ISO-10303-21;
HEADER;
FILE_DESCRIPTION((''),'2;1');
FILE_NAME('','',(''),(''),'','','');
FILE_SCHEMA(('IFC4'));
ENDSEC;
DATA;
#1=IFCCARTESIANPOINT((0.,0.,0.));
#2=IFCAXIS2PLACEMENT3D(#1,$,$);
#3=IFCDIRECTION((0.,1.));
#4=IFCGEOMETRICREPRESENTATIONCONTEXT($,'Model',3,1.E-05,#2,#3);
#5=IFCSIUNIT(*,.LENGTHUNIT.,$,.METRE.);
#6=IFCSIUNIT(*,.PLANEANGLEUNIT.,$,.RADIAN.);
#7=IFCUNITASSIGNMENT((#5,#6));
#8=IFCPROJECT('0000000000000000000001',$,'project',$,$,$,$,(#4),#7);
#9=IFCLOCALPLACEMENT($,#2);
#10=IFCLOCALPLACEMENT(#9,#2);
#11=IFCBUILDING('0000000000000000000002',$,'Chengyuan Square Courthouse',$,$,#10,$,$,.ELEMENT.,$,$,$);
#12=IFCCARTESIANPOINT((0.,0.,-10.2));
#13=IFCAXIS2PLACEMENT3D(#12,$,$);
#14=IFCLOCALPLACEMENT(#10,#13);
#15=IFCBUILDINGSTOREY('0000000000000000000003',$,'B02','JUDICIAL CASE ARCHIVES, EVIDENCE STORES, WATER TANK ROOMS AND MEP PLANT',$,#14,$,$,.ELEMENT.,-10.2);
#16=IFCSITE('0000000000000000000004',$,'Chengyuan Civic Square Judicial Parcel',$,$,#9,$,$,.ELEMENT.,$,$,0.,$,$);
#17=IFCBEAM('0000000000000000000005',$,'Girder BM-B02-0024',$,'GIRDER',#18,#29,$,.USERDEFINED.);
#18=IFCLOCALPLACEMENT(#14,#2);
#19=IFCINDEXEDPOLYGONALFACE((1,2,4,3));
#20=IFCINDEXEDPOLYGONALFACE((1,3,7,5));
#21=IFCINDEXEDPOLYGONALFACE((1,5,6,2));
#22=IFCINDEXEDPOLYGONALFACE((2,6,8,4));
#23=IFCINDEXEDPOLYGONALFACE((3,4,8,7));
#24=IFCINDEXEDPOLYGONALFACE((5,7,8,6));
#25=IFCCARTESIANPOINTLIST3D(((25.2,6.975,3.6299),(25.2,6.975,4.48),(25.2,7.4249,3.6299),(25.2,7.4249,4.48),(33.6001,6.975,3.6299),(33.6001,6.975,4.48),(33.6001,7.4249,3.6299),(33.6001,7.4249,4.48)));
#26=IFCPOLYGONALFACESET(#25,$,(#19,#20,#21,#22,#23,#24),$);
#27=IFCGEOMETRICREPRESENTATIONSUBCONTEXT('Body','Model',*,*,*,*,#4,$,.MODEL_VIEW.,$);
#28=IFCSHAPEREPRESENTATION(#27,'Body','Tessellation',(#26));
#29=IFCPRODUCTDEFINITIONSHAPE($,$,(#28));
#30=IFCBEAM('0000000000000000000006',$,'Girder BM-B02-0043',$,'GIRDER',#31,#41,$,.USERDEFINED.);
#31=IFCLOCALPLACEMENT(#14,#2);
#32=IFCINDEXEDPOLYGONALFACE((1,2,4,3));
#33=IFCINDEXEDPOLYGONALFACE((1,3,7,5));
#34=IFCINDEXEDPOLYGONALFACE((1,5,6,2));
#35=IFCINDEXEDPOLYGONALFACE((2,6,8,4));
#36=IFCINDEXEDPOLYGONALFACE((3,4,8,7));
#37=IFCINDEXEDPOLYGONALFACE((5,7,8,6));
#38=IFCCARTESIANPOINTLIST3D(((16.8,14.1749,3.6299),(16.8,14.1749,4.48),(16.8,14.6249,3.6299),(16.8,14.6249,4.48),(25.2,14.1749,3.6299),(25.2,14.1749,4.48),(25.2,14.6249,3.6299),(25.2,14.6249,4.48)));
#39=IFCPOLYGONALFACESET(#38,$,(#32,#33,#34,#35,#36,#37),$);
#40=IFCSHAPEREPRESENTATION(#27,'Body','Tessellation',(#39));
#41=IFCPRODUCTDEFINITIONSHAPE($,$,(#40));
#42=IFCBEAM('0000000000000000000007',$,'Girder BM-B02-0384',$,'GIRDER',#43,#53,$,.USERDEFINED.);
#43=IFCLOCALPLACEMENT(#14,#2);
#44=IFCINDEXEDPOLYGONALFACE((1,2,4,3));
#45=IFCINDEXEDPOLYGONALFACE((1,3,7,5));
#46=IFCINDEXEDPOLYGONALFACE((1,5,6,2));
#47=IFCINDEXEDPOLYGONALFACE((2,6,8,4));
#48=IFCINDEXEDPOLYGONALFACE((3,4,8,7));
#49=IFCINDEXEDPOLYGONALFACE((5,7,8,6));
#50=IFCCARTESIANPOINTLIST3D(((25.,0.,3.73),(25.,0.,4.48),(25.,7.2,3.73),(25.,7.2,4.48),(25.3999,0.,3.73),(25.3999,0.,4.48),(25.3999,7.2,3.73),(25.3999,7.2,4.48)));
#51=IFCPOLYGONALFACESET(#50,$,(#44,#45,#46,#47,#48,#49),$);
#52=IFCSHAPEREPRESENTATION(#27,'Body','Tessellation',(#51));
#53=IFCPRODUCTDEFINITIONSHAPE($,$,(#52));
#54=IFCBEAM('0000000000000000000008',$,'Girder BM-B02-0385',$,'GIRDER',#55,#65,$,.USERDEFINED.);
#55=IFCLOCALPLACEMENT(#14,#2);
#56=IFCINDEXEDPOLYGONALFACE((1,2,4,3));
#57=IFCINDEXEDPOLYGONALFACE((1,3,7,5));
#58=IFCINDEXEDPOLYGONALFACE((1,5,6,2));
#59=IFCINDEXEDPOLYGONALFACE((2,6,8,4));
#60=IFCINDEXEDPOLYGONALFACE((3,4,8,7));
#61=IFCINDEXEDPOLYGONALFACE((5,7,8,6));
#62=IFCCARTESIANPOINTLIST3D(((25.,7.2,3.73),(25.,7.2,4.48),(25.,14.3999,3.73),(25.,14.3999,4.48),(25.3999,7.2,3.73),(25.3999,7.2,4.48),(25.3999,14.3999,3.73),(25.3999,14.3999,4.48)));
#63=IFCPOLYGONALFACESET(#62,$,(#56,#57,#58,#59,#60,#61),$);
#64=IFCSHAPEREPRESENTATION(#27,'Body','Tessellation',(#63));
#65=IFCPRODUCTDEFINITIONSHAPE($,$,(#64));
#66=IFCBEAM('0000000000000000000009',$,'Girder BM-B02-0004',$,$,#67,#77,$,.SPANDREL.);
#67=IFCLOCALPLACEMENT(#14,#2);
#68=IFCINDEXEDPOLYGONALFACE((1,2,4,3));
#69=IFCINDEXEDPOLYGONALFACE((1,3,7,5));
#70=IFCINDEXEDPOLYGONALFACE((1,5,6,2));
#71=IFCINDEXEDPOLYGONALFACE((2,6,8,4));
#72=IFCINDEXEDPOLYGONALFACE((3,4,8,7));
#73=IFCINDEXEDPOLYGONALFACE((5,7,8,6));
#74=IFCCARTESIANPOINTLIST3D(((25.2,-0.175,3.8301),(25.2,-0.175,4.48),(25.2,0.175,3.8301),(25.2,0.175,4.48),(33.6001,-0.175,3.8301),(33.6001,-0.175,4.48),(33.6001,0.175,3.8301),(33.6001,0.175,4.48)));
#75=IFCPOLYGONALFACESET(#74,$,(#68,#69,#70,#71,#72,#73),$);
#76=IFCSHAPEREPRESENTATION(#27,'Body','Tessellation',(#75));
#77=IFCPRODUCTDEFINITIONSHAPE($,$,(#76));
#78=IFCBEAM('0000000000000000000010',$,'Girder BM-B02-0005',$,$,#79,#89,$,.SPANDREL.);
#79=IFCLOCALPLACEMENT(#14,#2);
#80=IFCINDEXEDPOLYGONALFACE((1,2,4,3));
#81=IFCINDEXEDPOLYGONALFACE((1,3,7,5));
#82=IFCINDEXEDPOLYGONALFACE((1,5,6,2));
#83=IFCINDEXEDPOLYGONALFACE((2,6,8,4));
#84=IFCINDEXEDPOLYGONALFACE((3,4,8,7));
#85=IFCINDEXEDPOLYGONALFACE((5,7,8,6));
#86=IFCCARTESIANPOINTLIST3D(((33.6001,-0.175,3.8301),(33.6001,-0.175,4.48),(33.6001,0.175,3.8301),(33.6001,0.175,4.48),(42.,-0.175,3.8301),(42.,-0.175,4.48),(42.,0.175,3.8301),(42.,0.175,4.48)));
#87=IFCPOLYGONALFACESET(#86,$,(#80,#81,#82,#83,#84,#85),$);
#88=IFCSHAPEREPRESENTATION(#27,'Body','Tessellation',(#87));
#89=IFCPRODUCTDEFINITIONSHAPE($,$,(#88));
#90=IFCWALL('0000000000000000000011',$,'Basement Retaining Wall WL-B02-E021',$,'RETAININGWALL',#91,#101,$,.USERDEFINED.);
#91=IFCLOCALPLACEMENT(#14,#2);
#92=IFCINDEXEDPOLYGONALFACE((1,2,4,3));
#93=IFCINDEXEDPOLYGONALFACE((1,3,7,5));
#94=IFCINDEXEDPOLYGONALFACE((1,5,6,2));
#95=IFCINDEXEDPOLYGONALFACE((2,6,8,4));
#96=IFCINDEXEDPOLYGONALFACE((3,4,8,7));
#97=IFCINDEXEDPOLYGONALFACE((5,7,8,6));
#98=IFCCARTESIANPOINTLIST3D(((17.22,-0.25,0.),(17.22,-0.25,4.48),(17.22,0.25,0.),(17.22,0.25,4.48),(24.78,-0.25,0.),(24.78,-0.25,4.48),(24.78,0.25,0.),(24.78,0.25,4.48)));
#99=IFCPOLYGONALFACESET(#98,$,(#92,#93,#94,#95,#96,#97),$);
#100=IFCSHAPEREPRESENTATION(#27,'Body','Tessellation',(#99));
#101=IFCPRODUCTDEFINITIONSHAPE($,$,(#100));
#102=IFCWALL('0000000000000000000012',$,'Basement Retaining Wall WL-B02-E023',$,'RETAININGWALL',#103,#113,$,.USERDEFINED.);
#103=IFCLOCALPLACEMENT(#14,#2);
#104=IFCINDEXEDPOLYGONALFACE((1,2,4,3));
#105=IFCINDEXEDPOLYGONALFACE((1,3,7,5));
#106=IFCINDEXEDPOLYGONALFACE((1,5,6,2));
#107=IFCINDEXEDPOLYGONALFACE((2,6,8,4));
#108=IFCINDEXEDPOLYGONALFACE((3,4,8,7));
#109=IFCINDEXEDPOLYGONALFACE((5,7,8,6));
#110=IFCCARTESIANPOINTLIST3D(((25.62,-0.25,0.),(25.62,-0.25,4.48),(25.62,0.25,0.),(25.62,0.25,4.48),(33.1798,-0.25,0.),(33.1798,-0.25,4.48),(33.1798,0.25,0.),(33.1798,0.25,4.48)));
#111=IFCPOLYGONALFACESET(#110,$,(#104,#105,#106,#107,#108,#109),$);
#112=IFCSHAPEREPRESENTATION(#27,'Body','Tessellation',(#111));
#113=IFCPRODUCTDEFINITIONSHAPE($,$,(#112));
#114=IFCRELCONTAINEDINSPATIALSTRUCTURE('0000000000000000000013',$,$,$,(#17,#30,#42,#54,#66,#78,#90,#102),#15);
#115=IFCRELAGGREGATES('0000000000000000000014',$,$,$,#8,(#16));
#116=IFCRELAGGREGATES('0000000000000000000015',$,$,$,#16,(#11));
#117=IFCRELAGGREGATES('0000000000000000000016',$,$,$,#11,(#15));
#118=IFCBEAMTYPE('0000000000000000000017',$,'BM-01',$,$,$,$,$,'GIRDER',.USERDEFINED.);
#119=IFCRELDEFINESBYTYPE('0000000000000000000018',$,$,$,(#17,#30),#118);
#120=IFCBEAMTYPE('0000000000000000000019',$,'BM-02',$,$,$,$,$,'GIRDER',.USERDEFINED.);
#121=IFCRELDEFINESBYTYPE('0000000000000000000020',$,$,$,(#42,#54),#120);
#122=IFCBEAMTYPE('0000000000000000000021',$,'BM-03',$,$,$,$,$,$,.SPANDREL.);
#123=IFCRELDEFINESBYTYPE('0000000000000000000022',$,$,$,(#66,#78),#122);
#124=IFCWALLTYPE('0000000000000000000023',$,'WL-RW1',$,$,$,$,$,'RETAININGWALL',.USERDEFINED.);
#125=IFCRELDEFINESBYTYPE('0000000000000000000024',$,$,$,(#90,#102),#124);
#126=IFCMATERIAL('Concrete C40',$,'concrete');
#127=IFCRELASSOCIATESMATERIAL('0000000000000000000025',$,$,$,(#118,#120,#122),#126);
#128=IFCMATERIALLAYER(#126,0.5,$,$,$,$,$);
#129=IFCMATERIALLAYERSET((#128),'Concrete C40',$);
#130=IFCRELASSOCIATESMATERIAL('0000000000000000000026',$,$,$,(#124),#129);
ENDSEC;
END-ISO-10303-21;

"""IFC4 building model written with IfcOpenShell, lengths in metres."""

from ifc_helpers import new_model, si_unit, direction, frame, frame_2d, origin, origin_2d, place, context, subcontext, project, spatial, rectangle, extrude, material, layer, layer_set, material_profile, profile_set, type_object, element, save


model = new_model("IFC4")

# Units and contexts
model_context = context("Model", 3, precision=1e-05, world=origin(), true_north=direction((0.0, 1.0)))
body_context = subcontext(model_context, "Body", "Model", "MODEL_VIEW")
ifc_project = project(units=[si_unit("LENGTHUNIT", "METRE"), si_unit("PLANEANGLEUNIT", "RADIAN")], contexts=[model_context])

# Site, building, storey
site_placement = place(None, origin())
site = spatial("IfcSite", under=ifc_project, at=site_placement, Name="Chengyuan Civic Square Judicial Parcel", CompositionType="ELEMENT", RefElevation=0.0)
building_placement = place(site_placement, origin())
building = spatial("IfcBuilding", under=site, at=building_placement, Name="Chengyuan Square Courthouse", CompositionType="ELEMENT")
storey_placement = place(building_placement, frame((0.0, 0.0, -10.2)))
storey = spatial("IfcBuildingStorey", under=building, at=storey_placement, Name="B02", Description="JUDICIAL CASE ARCHIVES, EVIDENCE STORES, WATER TANK ROOMS AND MEP PLANT", CompositionType="ELEMENT", Elevation=-10.2)

# Shared definitions
ifc_material_1 = material(Name="Concrete C40", Category="concrete")

# Beams
ifc_material_profile_1 = material_profile(ifc_material_1, rectangle(XDim=0.45, YDim=0.8501, at=origin_2d()), Name="RC-BM-450x850")
ifc_profile_set_1 = profile_set([ifc_material_profile_1], Name="Concrete C40")
beam_type_1 = type_object("IfcBeamType", Name="BM-01", ElementType="GIRDER", PredefinedType="USERDEFINED", material=ifc_profile_set_1)
beam_1_placement = place(storey_placement, frame((25.2, 7.2, 4.0549), z_axis=(1.0, 0.0, 0.0), x_axis=(0.0, 1.0, 0.0)))
element("IfcBeam", 1, at=beam_1_placement, inside=storey, type_object=beam_type_1, Name="Girder BM-B02-0024", ObjectType="GIRDER", PredefinedType="USERDEFINED", context=body_context, shape_type="SweptSolid", body=[
    extrude(rectangle(XDim=0.45, YDim=0.8501, at=origin_2d()), origin(), (0.0, 0.0, 1.0), 8.4001),
])
beam_2_placement = place(storey_placement, frame((16.8, 14.3999, 4.0549), z_axis=(1.0, 0.0, 0.0), x_axis=(0.0, 1.0, 0.0)))
element("IfcBeam", 2, at=beam_2_placement, inside=storey, type_object=beam_type_1, Name="Girder BM-B02-0043", ObjectType="GIRDER", PredefinedType="USERDEFINED", context=body_context, shape_type="SweptSolid", body=[
    extrude(rectangle(XDim=0.45, YDim=0.8501, at=origin_2d()), origin(), (0.0, 0.0, 1.0), 8.3999),
])
ifc_material_profile_2 = material_profile(ifc_material_1, rectangle(XDim=0.3999, YDim=0.75, at=origin_2d()), Name="RC-BM-400x750")
ifc_profile_set_2 = profile_set([ifc_material_profile_2], Name="Concrete C40")
beam_type_2 = type_object("IfcBeamType", Name="BM-02", ElementType="GIRDER", PredefinedType="USERDEFINED", material=ifc_profile_set_2)
for number, where, z_axis, x_axis, name in (
    (3, (25.2, 0.0, 4.105), (0.0, 1.0, 0.0), (-1.0, 0.0, 0.0), "Girder BM-B02-0384"),
    (4, (25.2, 7.2, 4.105), (0.0, 1.0, 0.0), (-1.0, 0.0, 0.0), "Girder BM-B02-0385"),
):
    element("IfcBeam", number, at=place(storey_placement, frame(where, z_axis=z_axis, x_axis=x_axis)), inside=storey, type_object=beam_type_2, Name=name, ObjectType="GIRDER", PredefinedType="USERDEFINED", context=body_context, shape_type="SweptSolid", body=[
        extrude(rectangle(XDim=0.3999, YDim=0.75, at=origin_2d()), origin(), (0.0, 0.0, 1.0), 7.2),
    ])
ifc_material_profile_3 = material_profile(ifc_material_1, rectangle(XDim=0.3501, YDim=0.6499, at=origin_2d()), Name="RC-BM-350x650")
ifc_profile_set_3 = profile_set([ifc_material_profile_3], Name="Concrete C40")
beam_type_3 = type_object("IfcBeamType", Name="BM-03", PredefinedType="SPANDREL", material=ifc_profile_set_3)
beam_3_placement = place(storey_placement, frame((25.2, 0.0, 4.155), z_axis=(1.0, 0.0, 0.0), x_axis=(0.0, 1.0, 0.0)))
element("IfcBeam", 5, at=beam_3_placement, inside=storey, type_object=beam_type_3, Name="Girder BM-B02-0004", PredefinedType="SPANDREL", context=body_context, shape_type="SweptSolid", body=[
    extrude(rectangle(XDim=0.3501, YDim=0.6499, at=origin_2d()), origin(), (0.0, 0.0, 1.0), 8.4001),
])
beam_4_placement = place(storey_placement, frame((33.6001, 0.0, 4.155), z_axis=(1.0, 0.0, 0.0), x_axis=(0.0, 1.0, 0.0)))
element("IfcBeam", 6, at=beam_4_placement, inside=storey, type_object=beam_type_3, Name="Girder BM-B02-0005", PredefinedType="SPANDREL", context=body_context, shape_type="SweptSolid", body=[
    extrude(rectangle(XDim=0.3501, YDim=0.6499, at=origin_2d()), origin(), (0.0, 0.0, 1.0), 8.3999),
])

# Walls
ifc_layer = layer(ifc_material_1, 0.5)
ifc_layer_set = layer_set([ifc_layer], Name="Concrete C40")
wall_type = type_object("IfcWallType", Name="WL-RW1", ElementType="RETAININGWALL", PredefinedType="USERDEFINED", material=ifc_layer_set)
wall_1_placement = place(storey_placement, frame((17.22, 0.0, 0.0), z_axis=(0.0, 0.0, 1.0), x_axis=(1.0, 0.0, 0.0)))
element("IfcWall", 7, at=wall_1_placement, inside=storey, type_object=wall_type, Name="Basement Retaining Wall WL-B02-E021", ObjectType="RETAININGWALL", PredefinedType="USERDEFINED", context=body_context, shape_type="SweptSolid", body=[
    extrude(rectangle(XDim=7.5601, YDim=0.5, at=frame_2d((3.78, 0.0))), origin(), (0.0, 0.0, 1.0), 4.48),
])
wall_2_placement = place(storey_placement, frame((25.6201, 0.0, 0.0), z_axis=(0.0, 0.0, 1.0), x_axis=(1.0, 0.0, 0.0)))
element("IfcWall", 8, at=wall_2_placement, inside=storey, type_object=wall_type, Name="Basement Retaining Wall WL-B02-E023", ObjectType="RETAININGWALL", PredefinedType="USERDEFINED", context=body_context, shape_type="SweptSolid", body=[
    extrude(rectangle(XDim=7.5598, YDim=0.5, at=frame_2d((3.7798, 0.0))), origin(), (0.0, 0.0, 1.0), 4.48),
])

save(model, "model.ifc")
